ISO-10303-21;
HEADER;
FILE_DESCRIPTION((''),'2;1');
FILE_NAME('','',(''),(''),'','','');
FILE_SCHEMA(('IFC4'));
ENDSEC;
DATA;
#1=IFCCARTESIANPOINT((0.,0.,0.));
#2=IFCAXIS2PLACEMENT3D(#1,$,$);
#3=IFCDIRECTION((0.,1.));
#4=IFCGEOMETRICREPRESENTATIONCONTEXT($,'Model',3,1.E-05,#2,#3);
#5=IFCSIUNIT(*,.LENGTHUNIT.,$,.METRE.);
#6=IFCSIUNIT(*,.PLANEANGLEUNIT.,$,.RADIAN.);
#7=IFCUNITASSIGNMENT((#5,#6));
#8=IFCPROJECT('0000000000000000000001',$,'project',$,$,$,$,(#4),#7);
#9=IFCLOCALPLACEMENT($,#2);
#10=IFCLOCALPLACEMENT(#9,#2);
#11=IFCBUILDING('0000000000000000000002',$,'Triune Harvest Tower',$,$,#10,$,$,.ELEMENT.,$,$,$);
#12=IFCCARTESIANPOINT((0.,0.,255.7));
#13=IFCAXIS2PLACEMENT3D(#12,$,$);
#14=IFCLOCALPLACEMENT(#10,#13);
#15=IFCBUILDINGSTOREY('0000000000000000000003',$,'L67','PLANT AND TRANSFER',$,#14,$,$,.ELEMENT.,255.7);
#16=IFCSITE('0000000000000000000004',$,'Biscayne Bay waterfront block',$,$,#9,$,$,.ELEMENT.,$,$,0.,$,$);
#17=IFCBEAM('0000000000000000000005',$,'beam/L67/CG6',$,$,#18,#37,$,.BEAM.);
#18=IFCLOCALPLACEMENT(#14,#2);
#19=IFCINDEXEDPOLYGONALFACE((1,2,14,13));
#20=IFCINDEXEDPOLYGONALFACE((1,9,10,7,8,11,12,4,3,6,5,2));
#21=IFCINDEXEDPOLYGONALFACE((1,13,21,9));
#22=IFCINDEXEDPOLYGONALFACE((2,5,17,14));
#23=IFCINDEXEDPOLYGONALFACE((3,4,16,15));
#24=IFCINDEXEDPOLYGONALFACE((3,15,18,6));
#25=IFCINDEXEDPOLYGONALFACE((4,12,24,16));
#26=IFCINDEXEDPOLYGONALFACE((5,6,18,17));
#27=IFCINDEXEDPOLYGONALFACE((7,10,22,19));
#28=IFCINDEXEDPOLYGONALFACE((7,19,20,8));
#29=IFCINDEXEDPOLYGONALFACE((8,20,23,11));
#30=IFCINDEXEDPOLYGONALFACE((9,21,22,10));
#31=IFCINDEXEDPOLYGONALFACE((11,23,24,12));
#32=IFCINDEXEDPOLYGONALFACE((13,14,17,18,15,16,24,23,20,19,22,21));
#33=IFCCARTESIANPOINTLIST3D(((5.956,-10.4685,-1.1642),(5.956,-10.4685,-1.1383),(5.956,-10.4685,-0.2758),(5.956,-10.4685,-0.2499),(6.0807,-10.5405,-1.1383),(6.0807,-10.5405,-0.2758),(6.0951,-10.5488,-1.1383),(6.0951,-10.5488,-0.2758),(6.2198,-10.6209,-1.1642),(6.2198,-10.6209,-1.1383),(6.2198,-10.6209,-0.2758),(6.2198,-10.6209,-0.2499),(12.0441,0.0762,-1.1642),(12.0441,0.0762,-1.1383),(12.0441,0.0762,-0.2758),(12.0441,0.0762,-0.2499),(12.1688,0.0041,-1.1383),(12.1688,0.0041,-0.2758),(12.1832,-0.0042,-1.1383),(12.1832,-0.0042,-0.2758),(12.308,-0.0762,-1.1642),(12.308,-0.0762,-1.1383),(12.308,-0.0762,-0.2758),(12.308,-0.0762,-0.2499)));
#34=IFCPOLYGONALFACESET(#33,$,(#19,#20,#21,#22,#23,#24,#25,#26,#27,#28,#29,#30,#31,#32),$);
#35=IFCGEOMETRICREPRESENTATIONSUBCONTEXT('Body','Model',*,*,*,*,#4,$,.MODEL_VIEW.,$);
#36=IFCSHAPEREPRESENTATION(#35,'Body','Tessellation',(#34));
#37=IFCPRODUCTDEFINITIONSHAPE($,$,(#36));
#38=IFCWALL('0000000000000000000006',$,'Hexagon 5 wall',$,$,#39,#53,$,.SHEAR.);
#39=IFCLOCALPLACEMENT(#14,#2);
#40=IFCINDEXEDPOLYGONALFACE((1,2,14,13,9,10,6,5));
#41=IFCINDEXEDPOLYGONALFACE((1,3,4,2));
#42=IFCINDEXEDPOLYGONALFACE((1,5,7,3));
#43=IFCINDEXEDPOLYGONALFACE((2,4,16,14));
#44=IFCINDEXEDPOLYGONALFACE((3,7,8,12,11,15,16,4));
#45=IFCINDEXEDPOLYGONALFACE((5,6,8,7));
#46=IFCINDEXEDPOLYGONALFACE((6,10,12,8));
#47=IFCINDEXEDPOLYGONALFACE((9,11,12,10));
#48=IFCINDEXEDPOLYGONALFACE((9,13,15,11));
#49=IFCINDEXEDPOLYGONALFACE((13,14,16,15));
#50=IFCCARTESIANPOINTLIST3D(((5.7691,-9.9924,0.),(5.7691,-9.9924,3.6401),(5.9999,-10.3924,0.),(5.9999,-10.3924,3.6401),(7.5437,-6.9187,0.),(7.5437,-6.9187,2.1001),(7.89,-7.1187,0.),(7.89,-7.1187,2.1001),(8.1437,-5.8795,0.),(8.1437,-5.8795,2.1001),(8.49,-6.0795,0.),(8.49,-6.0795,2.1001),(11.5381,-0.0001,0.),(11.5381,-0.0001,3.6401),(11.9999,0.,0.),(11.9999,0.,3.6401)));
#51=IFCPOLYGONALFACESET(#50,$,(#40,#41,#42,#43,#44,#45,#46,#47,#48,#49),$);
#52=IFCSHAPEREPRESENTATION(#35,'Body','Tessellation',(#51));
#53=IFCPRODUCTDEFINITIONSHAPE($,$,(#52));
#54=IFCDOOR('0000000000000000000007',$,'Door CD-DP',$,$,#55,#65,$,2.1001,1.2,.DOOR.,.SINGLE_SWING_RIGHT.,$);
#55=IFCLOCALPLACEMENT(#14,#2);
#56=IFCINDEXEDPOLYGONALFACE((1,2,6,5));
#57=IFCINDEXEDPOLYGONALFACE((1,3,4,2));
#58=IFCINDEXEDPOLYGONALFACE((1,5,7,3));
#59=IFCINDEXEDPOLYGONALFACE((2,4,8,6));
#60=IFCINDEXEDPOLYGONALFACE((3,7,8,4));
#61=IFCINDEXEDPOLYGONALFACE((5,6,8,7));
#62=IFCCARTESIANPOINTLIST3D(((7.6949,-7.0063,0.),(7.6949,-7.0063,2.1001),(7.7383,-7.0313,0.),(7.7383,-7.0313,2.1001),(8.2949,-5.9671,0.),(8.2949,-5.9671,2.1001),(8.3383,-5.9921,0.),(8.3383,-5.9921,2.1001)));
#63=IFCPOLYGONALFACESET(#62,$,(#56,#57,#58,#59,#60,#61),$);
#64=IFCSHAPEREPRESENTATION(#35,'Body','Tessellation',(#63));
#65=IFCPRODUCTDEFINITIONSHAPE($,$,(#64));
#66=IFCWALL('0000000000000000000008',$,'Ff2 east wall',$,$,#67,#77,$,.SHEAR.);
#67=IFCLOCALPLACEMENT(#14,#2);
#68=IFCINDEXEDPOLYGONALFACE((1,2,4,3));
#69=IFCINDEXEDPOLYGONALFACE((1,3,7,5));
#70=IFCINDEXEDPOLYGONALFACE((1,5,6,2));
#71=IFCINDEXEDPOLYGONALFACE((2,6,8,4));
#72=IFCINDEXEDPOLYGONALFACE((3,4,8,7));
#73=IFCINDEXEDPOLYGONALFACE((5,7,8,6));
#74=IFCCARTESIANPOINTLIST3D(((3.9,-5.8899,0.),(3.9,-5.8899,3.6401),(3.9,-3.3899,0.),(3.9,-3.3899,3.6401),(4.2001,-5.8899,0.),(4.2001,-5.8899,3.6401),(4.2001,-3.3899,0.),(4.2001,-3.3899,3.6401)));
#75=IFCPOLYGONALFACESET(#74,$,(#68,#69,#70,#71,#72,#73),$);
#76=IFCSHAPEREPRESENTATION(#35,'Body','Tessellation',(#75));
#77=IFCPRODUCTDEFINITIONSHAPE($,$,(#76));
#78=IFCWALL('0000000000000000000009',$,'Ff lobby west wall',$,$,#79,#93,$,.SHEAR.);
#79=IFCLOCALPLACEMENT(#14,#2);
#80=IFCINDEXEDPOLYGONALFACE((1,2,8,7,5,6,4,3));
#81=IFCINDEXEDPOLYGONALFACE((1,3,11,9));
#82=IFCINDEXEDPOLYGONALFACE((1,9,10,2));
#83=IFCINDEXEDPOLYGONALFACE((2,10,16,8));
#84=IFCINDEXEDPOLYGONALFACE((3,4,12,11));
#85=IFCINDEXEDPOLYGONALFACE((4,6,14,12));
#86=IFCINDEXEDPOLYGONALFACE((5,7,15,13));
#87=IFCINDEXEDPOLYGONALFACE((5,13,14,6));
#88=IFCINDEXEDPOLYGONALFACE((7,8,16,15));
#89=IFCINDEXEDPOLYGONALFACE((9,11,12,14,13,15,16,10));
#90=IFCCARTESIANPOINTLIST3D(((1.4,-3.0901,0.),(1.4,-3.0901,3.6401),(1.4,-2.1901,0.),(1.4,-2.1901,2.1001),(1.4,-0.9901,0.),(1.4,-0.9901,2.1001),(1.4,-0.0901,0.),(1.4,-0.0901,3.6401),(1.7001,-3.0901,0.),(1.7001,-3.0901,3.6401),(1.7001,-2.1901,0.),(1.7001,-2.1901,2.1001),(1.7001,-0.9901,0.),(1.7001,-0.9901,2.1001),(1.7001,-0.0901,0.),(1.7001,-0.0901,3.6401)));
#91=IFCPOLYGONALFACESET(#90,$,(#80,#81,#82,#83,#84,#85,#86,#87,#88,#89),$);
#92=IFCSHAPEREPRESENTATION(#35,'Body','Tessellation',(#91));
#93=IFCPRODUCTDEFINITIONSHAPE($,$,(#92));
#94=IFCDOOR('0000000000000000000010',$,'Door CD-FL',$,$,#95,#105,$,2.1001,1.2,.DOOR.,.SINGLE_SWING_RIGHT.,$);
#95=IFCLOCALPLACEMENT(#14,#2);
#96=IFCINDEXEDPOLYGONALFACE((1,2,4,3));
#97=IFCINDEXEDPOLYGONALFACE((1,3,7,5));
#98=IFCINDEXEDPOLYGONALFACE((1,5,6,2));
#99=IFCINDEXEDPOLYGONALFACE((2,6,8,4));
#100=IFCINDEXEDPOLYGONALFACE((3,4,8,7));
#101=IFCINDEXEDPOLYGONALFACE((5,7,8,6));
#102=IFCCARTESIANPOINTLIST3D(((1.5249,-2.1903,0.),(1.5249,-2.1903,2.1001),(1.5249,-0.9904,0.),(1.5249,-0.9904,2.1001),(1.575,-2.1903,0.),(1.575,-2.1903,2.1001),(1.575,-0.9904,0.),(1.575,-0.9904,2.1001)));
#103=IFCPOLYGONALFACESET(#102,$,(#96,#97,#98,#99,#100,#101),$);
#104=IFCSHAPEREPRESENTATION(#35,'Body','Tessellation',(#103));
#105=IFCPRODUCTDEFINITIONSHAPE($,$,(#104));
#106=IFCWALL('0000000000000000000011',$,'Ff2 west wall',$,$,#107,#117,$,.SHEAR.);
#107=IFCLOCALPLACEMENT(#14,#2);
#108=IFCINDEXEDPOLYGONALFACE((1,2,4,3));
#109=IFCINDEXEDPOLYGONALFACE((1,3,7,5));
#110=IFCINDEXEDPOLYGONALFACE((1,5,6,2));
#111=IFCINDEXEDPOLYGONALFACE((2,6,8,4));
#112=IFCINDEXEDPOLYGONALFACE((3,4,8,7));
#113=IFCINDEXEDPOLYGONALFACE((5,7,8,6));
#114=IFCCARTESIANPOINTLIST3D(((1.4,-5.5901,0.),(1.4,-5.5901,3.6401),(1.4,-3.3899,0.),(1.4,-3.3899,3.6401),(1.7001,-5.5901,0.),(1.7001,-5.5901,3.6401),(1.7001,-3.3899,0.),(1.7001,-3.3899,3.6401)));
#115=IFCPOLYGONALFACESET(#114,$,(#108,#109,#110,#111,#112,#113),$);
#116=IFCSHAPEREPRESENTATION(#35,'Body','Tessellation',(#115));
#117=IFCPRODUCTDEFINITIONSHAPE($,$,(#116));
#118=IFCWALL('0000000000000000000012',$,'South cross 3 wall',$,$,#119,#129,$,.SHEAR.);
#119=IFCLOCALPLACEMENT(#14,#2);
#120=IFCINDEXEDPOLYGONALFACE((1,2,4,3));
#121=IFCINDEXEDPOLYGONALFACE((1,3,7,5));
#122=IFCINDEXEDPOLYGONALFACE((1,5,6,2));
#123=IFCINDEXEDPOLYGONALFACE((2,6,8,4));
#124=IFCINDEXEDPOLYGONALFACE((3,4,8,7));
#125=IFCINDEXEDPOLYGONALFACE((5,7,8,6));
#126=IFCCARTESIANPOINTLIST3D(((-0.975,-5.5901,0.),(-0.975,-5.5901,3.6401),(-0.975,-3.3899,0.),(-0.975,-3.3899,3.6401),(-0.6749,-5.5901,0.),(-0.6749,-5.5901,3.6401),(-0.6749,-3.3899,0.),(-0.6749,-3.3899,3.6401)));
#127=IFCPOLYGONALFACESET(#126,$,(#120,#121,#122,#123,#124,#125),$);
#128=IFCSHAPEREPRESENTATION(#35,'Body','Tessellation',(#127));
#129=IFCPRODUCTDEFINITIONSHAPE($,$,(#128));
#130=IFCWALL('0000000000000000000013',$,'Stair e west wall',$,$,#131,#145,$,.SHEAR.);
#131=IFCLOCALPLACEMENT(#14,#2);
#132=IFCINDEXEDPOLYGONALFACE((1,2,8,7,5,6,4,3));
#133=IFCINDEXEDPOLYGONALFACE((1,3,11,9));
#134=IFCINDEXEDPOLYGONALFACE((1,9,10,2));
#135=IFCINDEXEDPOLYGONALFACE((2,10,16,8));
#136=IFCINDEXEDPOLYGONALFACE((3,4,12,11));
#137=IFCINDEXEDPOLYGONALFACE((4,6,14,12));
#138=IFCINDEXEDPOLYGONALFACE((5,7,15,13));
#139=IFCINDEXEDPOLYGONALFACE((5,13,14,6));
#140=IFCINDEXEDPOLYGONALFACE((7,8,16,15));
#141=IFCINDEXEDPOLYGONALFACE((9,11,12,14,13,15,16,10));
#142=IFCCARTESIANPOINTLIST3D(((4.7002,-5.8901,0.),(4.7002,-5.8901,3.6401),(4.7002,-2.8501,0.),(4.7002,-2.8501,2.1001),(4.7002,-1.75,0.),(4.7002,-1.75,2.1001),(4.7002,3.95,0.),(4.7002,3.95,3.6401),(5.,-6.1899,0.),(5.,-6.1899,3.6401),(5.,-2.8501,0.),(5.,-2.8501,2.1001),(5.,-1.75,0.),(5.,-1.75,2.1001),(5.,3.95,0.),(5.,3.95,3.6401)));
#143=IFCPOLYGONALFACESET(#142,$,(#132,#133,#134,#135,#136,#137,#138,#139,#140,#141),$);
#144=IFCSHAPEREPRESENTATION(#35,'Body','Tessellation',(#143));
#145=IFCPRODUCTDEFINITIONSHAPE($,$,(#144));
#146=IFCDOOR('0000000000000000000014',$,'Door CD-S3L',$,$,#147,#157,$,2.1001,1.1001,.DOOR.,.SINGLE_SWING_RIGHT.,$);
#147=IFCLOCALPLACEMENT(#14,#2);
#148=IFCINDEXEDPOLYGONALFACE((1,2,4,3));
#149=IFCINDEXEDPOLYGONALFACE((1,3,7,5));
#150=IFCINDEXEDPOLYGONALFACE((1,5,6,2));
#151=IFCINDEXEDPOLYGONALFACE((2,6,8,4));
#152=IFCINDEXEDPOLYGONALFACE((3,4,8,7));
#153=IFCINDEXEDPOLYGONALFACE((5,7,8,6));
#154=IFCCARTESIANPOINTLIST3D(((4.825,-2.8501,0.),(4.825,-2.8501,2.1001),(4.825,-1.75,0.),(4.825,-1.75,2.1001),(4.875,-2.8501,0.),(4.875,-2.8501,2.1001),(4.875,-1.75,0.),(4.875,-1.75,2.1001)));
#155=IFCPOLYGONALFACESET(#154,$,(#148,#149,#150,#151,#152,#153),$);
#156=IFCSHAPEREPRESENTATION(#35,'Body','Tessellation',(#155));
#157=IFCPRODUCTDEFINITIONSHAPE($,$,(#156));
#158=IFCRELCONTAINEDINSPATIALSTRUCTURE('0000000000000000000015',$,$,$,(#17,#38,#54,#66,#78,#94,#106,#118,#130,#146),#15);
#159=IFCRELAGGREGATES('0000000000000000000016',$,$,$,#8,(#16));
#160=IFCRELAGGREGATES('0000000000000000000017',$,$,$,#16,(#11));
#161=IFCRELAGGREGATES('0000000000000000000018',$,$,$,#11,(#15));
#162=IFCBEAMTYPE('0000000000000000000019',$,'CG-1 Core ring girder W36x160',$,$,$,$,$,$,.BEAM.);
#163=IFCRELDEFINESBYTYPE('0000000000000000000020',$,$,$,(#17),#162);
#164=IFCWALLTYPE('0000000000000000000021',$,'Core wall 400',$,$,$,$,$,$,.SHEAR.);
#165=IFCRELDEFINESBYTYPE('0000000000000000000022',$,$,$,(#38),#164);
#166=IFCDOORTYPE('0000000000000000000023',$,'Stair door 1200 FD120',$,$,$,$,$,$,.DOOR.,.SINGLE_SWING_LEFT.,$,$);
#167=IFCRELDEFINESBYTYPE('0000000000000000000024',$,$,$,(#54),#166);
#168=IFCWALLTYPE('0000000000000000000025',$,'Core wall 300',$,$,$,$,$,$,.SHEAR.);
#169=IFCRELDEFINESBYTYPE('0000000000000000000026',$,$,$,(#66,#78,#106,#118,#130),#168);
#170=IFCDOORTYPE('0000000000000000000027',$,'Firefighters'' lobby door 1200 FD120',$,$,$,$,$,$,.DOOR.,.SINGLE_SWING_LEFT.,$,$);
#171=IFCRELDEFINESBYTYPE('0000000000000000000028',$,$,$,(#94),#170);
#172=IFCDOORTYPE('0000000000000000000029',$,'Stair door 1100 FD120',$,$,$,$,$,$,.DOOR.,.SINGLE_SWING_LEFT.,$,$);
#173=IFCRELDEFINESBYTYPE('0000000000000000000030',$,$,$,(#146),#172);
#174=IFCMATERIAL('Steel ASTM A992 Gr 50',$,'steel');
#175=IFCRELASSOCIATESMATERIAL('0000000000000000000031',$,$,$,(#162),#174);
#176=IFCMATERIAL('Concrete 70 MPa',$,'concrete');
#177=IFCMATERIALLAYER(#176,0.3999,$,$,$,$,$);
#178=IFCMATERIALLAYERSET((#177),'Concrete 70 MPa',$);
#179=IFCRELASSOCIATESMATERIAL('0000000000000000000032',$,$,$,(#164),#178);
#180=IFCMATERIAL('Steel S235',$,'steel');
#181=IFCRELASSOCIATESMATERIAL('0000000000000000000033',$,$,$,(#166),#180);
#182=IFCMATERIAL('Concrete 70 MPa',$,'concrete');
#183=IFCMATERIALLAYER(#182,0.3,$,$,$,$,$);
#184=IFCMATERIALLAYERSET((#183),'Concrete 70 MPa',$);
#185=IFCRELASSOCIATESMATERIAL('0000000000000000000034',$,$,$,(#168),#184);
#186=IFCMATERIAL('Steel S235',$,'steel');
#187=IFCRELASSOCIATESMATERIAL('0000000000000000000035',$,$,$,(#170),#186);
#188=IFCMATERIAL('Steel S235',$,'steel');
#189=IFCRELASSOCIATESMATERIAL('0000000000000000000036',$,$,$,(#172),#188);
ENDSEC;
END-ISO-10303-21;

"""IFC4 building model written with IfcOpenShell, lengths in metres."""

from ifc_helpers import new_model, si_unit, direction, frame, frame_2d, origin, origin_2d, place, context, subcontext, project, spatial, polyline, rectangle, i_section, outline, extrude, source, transform, mapped, material, layer, layer_set, material_profile, profile_set, type_object, element, fill, save


model = new_model("IFC4")

# Units and contexts
model_context = context("Model", 3, precision=1e-05, world=origin(), true_north=direction((0.0, 1.0)))
body_context = subcontext(model_context, "Body", "Model", "MODEL_VIEW")
ifc_project = project(units=[si_unit("LENGTHUNIT", "METRE"), si_unit("PLANEANGLEUNIT", "RADIAN")], contexts=[model_context])

# Site, building, storey
site_placement = place(None, origin())
site = spatial("IfcSite", under=ifc_project, at=site_placement, Name="Biscayne Bay waterfront block", CompositionType="ELEMENT", RefElevation=0.0)
building_placement = place(site_placement, origin())
building = spatial("IfcBuilding", under=site, at=building_placement, Name="Triune Harvest Tower", CompositionType="ELEMENT")
storey_placement = place(building_placement, frame((0.0, 0.0, 255.7)))
storey = spatial("IfcBuildingStorey", under=building, at=storey_placement, Name="L67", Description="PLANT AND TRANSFER", CompositionType="ELEMENT", Elevation=255.7)

# Beam
ifc_material_1 = material(Name="Steel ASTM A992 Gr 50", Category="steel")
ifc_material_profile = material_profile(ifc_material_1, i_section(OverallWidth=0.3047, OverallDepth=0.9143, WebThickness=0.0166, FlangeThickness=0.0259, at=origin_2d()), Name="W36x160")
ifc_profile_set = profile_set([ifc_material_profile], Name="Steel ASTM A992 Gr 50")
beam_type = type_object("IfcBeamType", Name="CG-1 Core ring girder W36x160", PredefinedType="BEAM", material=ifc_profile_set)
shared_shape_1 = source(origin(), body_context, "Body", "SweptSolid", [
    extrude(i_section(OverallWidth=0.3047, OverallDepth=0.9143, WebThickness=0.0166, FlangeThickness=0.0259, at=origin_2d()), origin(), (0.0, 0.0, 1.0), 12.176),
])
beam_placement = place(storey_placement, frame((6.0879, -10.5447, -0.707), z_axis=(0.50001, 0.86602, 0.0), x_axis=(-0.86602, 0.50001, 0.0)))
element("IfcBeam", 1, at=beam_placement, inside=storey, type_object=beam_type, Name="beam/L67/CG6", PredefinedType="BEAM", context=body_context, shape_type="MappedRepresentation", body=[
    mapped(shared_shape_1, transform((0.0, 0.0, 0.0), scale=1.0)),
])

# Wall, opening, door
ifc_material_2 = material(Name="Concrete 70 MPa", Category="concrete")
ifc_layer_1 = layer(ifc_material_2, 0.3999)
ifc_layer_set_1 = layer_set([ifc_layer_1], Name="Concrete 70 MPa")
wall_type_1 = type_object("IfcWallType", Name="Core wall 400", PredefinedType="SHEAR", material=ifc_layer_set_1)
shared_shape_2 = source(origin(), body_context, "Body", "SweptSolid", [
    extrude(outline(polyline([(-0.1155, -0.2), (11.8845, -0.2), (11.6536, 0.2), (0.1155, 0.2), (-0.1155, -0.2)])), origin(), (0.0, 0.0, 1.0), 3.6401),
])
wall_1_placement = place(storey_placement, frame((5.8845, -10.1924, 0.0), z_axis=(0.0, 0.0, 1.0), x_axis=(0.499997, 0.866027, 0.0)))
wall_1 = element("IfcWall", 2, at=wall_1_placement, inside=storey, type_object=wall_type_1, Name="Hexagon 5 wall", PredefinedType="SHEAR", context=body_context, shape_type="MappedRepresentation", body=[
    mapped(shared_shape_2, transform((0.0, 0.0, 0.0), scale=1.0)),
])
opening_1_placement = place(wall_1_placement, frame((3.6646, 0.0, 0.0)))
opening_1 = element("IfcOpeningElement", 3, at=opening_1_placement, cuts=wall_1, PredefinedType="OPENING", context=body_context, shape_type="SweptSolid", body=[
    extrude(rectangle(XDim=1.2, YDim=2.1001, at=frame_2d((0.6001, 1.05))), frame((0.0, 0.21, 0.0), z_axis=(0.0, -1.0, 0.0), x_axis=(1.0, 0.0, 0.0)), (0.0, 0.0, 1.0), 0.4199),
])
ifc_material_3 = material(Name="Steel S235", Category="steel")
door_type_1 = type_object("IfcDoorType", Name="Stair door 1200 FD120", OperationType="SINGLE_SWING_LEFT", PredefinedType="DOOR", material=ifc_material_3)
door_1_placement = place(opening_1_placement, frame((1.2, 0.0, 0.0), z_axis=(0.0, 0.0, 1.0), x_axis=(-1.0, 0.0, 0.0)))
door_1 = element("IfcDoor", 4, at=door_1_placement, inside=storey, type_object=door_type_1, Name="Door CD-DP", OperationType="SINGLE_SWING_RIGHT", OverallHeight=2.1001, OverallWidth=1.2, PredefinedType="DOOR", context=body_context, shape_type="SweptSolid", body=[
    extrude(rectangle(XDim=1.2, YDim=2.1001, at=frame_2d((0.6001, 1.05))), frame((0.0, 0.0249, 0.0), z_axis=(0.0, -1.0, 0.0), x_axis=(1.0, 0.0, 0.0)), (0.0, 0.0, 1.0), 0.05),
])
fill(opening_1, door_1)

# Wall
ifc_material_4 = material(Name="Concrete 70 MPa", Category="concrete")
ifc_layer_2 = layer(ifc_material_4, 0.3)
ifc_layer_set_2 = layer_set([ifc_layer_2], Name="Concrete 70 MPa")
wall_type_2 = type_object("IfcWallType", Name="Core wall 300", PredefinedType="SHEAR", material=ifc_layer_set_2)
shared_shape_3 = source(origin(), body_context, "Body", "SweptSolid", [
    extrude(rectangle(XDim=2.5, YDim=0.3, at=frame_2d((1.25, 0.0))), origin(), (0.0, 0.0, 1.0), 3.6401),
])
wall_2_placement = place(storey_placement, frame((4.05, -5.8899, 0.0), z_axis=(0.0, 0.0, 1.0), x_axis=(0.0, 1.0, 0.0)))
element("IfcWall", 5, at=wall_2_placement, inside=storey, type_object=wall_type_2, Name="Ff2 east wall", PredefinedType="SHEAR", context=body_context, shape_type="MappedRepresentation", body=[
    mapped(shared_shape_3, transform((0.0, 0.0, 0.0), scale=1.0)),
])

# Wall, opening, door
shared_shape_4 = source(origin(), body_context, "Body", "SweptSolid", [
    extrude(rectangle(XDim=3.0, YDim=0.3, at=frame_2d((1.5, 0.0))), origin(), (0.0, 0.0, 1.0), 3.6401),
])
wall_3_placement = place(storey_placement, frame((1.55, -3.0901, 0.0), z_axis=(0.0, 0.0, 1.0), x_axis=(0.0, 1.0, 0.0)))
wall_3 = element("IfcWall", 6, at=wall_3_placement, inside=storey, type_object=wall_type_2, Name="Ff lobby west wall", PredefinedType="SHEAR", context=body_context, shape_type="MappedRepresentation", body=[
    mapped(shared_shape_4, transform((0.0, 0.0, 0.0), scale=1.0)),
])
opening_2_placement = place(wall_3_placement, frame((0.8999, 0.0, 0.0)))
opening_2 = element("IfcOpeningElement", 7, at=opening_2_placement, cuts=wall_3, PredefinedType="OPENING", context=body_context, shape_type="SweptSolid", body=[
    extrude(rectangle(XDim=1.2, YDim=2.1001, at=frame_2d((0.6001, 1.05))), frame((0.0, 0.1602, 0.0), z_axis=(0.0, -1.0, 0.0), x_axis=(1.0, 0.0, 0.0)), (0.0, 0.0, 1.0), 0.3201),
])
ifc_material_5 = material(Name="Steel S235", Category="steel")
door_type_2 = type_object("IfcDoorType", Name="Firefighters' lobby door 1200 FD120", OperationType="SINGLE_SWING_LEFT", PredefinedType="DOOR", material=ifc_material_5)
door_2_placement = place(opening_2_placement, frame((1.2, 0.0, 0.0), z_axis=(0.0, 0.0, 1.0), x_axis=(-1.0, 0.0, 0.0)))
door_2 = element("IfcDoor", 8, at=door_2_placement, inside=storey, type_object=door_type_2, Name="Door CD-FL", OperationType="SINGLE_SWING_RIGHT", OverallHeight=2.1001, OverallWidth=1.2, PredefinedType="DOOR", context=body_context, shape_type="SweptSolid", body=[
    extrude(rectangle(XDim=1.2, YDim=2.1001, at=frame_2d((0.6001, 1.05))), frame((0.0, 0.0249, 0.0), z_axis=(0.0, -1.0, 0.0), x_axis=(1.0, 0.0, 0.0)), (0.0, 0.0, 1.0), 0.05),
])
fill(opening_2, door_2)

# Walls
shared_shape_5 = source(origin(), body_context, "Body", "SweptSolid", [
    extrude(rectangle(XDim=2.2002, YDim=0.3, at=frame_2d((1.1001, 0.0))), origin(), (0.0, 0.0, 1.0), 3.6401),
])
for number, where, z_axis, x_axis, name in (
    (9, (1.55, -5.5901, 0.0), (0.0, 0.0, 1.0), (0.0, 1.0, 0.0), "Ff2 west wall"),
    (10, (-0.825, -5.5901, 0.0), (0.0, 0.0, 1.0), (0.0, 1.0, 0.0), "South cross 3 wall"),
):
    element("IfcWall", number, at=place(storey_placement, frame(where, z_axis=z_axis, x_axis=x_axis)), inside=storey, type_object=wall_type_2, Name=name, PredefinedType="SHEAR", context=body_context, shape_type="MappedRepresentation", body=[
        mapped(shared_shape_5, transform((0.0, 0.0, 0.0), scale=1.0)),
    ])

# Wall, opening, door
shared_shape_6 = source(origin(), body_context, "Body", "SweptSolid", [
    extrude(outline(polyline([(-0.1499, -0.1499), (9.99, -0.1499), (9.99, 0.1499), (0.1499, 0.1499), (-0.1499, -0.1499)])), origin(), (0.0, 0.0, 1.0), 3.6401),
])
wall_4_placement = place(storey_placement, frame((4.8501, -6.04, 0.0), z_axis=(0.0, 0.0, 1.0), x_axis=(0.0, 1.0, 0.0)))
wall_4 = element("IfcWall", 11, at=wall_4_placement, inside=storey, type_object=wall_type_2, Name="Stair e west wall", PredefinedType="SHEAR", context=body_context, shape_type="MappedRepresentation", body=[
    mapped(shared_shape_6, transform((0.0, 0.0, 0.0), scale=1.0)),
])
opening_3_placement = place(wall_4_placement, frame((3.1899, 0.0, 0.0)))
opening_3 = element("IfcOpeningElement", 12, at=opening_3_placement, cuts=wall_4, PredefinedType="OPENING", context=body_context, shape_type="SweptSolid", body=[
    extrude(rectangle(XDim=1.1001, YDim=2.1001, at=frame_2d((0.55, 1.05))), frame((0.0, 0.1602, 0.0), z_axis=(0.0, -1.0, 0.0), x_axis=(1.0, 0.0, 0.0)), (0.0, 0.0, 1.0), 0.3201),
])
ifc_material_6 = material(Name="Steel S235", Category="steel")
door_type_3 = type_object("IfcDoorType", Name="Stair door 1100 FD120", OperationType="SINGLE_SWING_LEFT", PredefinedType="DOOR", material=ifc_material_6)
door_3_placement = place(opening_3_placement, frame((1.1001, 0.0, 0.0), z_axis=(0.0, 0.0, 1.0), x_axis=(-1.0, 0.0, 0.0)))
door_3 = element("IfcDoor", 13, at=door_3_placement, inside=storey, type_object=door_type_3, Name="Door CD-S3L", OperationType="SINGLE_SWING_RIGHT", OverallHeight=2.1001, OverallWidth=1.1001, PredefinedType="DOOR", context=body_context, shape_type="SweptSolid", body=[
    extrude(rectangle(XDim=1.1001, YDim=2.1001, at=frame_2d((0.55, 1.05))), frame((0.0, 0.0249, 0.0), z_axis=(0.0, -1.0, 0.0), x_axis=(1.0, 0.0, 0.0)), (0.0, 0.0, 1.0), 0.05),
])
fill(opening_3, door_3)

save(model, "model.ifc")
